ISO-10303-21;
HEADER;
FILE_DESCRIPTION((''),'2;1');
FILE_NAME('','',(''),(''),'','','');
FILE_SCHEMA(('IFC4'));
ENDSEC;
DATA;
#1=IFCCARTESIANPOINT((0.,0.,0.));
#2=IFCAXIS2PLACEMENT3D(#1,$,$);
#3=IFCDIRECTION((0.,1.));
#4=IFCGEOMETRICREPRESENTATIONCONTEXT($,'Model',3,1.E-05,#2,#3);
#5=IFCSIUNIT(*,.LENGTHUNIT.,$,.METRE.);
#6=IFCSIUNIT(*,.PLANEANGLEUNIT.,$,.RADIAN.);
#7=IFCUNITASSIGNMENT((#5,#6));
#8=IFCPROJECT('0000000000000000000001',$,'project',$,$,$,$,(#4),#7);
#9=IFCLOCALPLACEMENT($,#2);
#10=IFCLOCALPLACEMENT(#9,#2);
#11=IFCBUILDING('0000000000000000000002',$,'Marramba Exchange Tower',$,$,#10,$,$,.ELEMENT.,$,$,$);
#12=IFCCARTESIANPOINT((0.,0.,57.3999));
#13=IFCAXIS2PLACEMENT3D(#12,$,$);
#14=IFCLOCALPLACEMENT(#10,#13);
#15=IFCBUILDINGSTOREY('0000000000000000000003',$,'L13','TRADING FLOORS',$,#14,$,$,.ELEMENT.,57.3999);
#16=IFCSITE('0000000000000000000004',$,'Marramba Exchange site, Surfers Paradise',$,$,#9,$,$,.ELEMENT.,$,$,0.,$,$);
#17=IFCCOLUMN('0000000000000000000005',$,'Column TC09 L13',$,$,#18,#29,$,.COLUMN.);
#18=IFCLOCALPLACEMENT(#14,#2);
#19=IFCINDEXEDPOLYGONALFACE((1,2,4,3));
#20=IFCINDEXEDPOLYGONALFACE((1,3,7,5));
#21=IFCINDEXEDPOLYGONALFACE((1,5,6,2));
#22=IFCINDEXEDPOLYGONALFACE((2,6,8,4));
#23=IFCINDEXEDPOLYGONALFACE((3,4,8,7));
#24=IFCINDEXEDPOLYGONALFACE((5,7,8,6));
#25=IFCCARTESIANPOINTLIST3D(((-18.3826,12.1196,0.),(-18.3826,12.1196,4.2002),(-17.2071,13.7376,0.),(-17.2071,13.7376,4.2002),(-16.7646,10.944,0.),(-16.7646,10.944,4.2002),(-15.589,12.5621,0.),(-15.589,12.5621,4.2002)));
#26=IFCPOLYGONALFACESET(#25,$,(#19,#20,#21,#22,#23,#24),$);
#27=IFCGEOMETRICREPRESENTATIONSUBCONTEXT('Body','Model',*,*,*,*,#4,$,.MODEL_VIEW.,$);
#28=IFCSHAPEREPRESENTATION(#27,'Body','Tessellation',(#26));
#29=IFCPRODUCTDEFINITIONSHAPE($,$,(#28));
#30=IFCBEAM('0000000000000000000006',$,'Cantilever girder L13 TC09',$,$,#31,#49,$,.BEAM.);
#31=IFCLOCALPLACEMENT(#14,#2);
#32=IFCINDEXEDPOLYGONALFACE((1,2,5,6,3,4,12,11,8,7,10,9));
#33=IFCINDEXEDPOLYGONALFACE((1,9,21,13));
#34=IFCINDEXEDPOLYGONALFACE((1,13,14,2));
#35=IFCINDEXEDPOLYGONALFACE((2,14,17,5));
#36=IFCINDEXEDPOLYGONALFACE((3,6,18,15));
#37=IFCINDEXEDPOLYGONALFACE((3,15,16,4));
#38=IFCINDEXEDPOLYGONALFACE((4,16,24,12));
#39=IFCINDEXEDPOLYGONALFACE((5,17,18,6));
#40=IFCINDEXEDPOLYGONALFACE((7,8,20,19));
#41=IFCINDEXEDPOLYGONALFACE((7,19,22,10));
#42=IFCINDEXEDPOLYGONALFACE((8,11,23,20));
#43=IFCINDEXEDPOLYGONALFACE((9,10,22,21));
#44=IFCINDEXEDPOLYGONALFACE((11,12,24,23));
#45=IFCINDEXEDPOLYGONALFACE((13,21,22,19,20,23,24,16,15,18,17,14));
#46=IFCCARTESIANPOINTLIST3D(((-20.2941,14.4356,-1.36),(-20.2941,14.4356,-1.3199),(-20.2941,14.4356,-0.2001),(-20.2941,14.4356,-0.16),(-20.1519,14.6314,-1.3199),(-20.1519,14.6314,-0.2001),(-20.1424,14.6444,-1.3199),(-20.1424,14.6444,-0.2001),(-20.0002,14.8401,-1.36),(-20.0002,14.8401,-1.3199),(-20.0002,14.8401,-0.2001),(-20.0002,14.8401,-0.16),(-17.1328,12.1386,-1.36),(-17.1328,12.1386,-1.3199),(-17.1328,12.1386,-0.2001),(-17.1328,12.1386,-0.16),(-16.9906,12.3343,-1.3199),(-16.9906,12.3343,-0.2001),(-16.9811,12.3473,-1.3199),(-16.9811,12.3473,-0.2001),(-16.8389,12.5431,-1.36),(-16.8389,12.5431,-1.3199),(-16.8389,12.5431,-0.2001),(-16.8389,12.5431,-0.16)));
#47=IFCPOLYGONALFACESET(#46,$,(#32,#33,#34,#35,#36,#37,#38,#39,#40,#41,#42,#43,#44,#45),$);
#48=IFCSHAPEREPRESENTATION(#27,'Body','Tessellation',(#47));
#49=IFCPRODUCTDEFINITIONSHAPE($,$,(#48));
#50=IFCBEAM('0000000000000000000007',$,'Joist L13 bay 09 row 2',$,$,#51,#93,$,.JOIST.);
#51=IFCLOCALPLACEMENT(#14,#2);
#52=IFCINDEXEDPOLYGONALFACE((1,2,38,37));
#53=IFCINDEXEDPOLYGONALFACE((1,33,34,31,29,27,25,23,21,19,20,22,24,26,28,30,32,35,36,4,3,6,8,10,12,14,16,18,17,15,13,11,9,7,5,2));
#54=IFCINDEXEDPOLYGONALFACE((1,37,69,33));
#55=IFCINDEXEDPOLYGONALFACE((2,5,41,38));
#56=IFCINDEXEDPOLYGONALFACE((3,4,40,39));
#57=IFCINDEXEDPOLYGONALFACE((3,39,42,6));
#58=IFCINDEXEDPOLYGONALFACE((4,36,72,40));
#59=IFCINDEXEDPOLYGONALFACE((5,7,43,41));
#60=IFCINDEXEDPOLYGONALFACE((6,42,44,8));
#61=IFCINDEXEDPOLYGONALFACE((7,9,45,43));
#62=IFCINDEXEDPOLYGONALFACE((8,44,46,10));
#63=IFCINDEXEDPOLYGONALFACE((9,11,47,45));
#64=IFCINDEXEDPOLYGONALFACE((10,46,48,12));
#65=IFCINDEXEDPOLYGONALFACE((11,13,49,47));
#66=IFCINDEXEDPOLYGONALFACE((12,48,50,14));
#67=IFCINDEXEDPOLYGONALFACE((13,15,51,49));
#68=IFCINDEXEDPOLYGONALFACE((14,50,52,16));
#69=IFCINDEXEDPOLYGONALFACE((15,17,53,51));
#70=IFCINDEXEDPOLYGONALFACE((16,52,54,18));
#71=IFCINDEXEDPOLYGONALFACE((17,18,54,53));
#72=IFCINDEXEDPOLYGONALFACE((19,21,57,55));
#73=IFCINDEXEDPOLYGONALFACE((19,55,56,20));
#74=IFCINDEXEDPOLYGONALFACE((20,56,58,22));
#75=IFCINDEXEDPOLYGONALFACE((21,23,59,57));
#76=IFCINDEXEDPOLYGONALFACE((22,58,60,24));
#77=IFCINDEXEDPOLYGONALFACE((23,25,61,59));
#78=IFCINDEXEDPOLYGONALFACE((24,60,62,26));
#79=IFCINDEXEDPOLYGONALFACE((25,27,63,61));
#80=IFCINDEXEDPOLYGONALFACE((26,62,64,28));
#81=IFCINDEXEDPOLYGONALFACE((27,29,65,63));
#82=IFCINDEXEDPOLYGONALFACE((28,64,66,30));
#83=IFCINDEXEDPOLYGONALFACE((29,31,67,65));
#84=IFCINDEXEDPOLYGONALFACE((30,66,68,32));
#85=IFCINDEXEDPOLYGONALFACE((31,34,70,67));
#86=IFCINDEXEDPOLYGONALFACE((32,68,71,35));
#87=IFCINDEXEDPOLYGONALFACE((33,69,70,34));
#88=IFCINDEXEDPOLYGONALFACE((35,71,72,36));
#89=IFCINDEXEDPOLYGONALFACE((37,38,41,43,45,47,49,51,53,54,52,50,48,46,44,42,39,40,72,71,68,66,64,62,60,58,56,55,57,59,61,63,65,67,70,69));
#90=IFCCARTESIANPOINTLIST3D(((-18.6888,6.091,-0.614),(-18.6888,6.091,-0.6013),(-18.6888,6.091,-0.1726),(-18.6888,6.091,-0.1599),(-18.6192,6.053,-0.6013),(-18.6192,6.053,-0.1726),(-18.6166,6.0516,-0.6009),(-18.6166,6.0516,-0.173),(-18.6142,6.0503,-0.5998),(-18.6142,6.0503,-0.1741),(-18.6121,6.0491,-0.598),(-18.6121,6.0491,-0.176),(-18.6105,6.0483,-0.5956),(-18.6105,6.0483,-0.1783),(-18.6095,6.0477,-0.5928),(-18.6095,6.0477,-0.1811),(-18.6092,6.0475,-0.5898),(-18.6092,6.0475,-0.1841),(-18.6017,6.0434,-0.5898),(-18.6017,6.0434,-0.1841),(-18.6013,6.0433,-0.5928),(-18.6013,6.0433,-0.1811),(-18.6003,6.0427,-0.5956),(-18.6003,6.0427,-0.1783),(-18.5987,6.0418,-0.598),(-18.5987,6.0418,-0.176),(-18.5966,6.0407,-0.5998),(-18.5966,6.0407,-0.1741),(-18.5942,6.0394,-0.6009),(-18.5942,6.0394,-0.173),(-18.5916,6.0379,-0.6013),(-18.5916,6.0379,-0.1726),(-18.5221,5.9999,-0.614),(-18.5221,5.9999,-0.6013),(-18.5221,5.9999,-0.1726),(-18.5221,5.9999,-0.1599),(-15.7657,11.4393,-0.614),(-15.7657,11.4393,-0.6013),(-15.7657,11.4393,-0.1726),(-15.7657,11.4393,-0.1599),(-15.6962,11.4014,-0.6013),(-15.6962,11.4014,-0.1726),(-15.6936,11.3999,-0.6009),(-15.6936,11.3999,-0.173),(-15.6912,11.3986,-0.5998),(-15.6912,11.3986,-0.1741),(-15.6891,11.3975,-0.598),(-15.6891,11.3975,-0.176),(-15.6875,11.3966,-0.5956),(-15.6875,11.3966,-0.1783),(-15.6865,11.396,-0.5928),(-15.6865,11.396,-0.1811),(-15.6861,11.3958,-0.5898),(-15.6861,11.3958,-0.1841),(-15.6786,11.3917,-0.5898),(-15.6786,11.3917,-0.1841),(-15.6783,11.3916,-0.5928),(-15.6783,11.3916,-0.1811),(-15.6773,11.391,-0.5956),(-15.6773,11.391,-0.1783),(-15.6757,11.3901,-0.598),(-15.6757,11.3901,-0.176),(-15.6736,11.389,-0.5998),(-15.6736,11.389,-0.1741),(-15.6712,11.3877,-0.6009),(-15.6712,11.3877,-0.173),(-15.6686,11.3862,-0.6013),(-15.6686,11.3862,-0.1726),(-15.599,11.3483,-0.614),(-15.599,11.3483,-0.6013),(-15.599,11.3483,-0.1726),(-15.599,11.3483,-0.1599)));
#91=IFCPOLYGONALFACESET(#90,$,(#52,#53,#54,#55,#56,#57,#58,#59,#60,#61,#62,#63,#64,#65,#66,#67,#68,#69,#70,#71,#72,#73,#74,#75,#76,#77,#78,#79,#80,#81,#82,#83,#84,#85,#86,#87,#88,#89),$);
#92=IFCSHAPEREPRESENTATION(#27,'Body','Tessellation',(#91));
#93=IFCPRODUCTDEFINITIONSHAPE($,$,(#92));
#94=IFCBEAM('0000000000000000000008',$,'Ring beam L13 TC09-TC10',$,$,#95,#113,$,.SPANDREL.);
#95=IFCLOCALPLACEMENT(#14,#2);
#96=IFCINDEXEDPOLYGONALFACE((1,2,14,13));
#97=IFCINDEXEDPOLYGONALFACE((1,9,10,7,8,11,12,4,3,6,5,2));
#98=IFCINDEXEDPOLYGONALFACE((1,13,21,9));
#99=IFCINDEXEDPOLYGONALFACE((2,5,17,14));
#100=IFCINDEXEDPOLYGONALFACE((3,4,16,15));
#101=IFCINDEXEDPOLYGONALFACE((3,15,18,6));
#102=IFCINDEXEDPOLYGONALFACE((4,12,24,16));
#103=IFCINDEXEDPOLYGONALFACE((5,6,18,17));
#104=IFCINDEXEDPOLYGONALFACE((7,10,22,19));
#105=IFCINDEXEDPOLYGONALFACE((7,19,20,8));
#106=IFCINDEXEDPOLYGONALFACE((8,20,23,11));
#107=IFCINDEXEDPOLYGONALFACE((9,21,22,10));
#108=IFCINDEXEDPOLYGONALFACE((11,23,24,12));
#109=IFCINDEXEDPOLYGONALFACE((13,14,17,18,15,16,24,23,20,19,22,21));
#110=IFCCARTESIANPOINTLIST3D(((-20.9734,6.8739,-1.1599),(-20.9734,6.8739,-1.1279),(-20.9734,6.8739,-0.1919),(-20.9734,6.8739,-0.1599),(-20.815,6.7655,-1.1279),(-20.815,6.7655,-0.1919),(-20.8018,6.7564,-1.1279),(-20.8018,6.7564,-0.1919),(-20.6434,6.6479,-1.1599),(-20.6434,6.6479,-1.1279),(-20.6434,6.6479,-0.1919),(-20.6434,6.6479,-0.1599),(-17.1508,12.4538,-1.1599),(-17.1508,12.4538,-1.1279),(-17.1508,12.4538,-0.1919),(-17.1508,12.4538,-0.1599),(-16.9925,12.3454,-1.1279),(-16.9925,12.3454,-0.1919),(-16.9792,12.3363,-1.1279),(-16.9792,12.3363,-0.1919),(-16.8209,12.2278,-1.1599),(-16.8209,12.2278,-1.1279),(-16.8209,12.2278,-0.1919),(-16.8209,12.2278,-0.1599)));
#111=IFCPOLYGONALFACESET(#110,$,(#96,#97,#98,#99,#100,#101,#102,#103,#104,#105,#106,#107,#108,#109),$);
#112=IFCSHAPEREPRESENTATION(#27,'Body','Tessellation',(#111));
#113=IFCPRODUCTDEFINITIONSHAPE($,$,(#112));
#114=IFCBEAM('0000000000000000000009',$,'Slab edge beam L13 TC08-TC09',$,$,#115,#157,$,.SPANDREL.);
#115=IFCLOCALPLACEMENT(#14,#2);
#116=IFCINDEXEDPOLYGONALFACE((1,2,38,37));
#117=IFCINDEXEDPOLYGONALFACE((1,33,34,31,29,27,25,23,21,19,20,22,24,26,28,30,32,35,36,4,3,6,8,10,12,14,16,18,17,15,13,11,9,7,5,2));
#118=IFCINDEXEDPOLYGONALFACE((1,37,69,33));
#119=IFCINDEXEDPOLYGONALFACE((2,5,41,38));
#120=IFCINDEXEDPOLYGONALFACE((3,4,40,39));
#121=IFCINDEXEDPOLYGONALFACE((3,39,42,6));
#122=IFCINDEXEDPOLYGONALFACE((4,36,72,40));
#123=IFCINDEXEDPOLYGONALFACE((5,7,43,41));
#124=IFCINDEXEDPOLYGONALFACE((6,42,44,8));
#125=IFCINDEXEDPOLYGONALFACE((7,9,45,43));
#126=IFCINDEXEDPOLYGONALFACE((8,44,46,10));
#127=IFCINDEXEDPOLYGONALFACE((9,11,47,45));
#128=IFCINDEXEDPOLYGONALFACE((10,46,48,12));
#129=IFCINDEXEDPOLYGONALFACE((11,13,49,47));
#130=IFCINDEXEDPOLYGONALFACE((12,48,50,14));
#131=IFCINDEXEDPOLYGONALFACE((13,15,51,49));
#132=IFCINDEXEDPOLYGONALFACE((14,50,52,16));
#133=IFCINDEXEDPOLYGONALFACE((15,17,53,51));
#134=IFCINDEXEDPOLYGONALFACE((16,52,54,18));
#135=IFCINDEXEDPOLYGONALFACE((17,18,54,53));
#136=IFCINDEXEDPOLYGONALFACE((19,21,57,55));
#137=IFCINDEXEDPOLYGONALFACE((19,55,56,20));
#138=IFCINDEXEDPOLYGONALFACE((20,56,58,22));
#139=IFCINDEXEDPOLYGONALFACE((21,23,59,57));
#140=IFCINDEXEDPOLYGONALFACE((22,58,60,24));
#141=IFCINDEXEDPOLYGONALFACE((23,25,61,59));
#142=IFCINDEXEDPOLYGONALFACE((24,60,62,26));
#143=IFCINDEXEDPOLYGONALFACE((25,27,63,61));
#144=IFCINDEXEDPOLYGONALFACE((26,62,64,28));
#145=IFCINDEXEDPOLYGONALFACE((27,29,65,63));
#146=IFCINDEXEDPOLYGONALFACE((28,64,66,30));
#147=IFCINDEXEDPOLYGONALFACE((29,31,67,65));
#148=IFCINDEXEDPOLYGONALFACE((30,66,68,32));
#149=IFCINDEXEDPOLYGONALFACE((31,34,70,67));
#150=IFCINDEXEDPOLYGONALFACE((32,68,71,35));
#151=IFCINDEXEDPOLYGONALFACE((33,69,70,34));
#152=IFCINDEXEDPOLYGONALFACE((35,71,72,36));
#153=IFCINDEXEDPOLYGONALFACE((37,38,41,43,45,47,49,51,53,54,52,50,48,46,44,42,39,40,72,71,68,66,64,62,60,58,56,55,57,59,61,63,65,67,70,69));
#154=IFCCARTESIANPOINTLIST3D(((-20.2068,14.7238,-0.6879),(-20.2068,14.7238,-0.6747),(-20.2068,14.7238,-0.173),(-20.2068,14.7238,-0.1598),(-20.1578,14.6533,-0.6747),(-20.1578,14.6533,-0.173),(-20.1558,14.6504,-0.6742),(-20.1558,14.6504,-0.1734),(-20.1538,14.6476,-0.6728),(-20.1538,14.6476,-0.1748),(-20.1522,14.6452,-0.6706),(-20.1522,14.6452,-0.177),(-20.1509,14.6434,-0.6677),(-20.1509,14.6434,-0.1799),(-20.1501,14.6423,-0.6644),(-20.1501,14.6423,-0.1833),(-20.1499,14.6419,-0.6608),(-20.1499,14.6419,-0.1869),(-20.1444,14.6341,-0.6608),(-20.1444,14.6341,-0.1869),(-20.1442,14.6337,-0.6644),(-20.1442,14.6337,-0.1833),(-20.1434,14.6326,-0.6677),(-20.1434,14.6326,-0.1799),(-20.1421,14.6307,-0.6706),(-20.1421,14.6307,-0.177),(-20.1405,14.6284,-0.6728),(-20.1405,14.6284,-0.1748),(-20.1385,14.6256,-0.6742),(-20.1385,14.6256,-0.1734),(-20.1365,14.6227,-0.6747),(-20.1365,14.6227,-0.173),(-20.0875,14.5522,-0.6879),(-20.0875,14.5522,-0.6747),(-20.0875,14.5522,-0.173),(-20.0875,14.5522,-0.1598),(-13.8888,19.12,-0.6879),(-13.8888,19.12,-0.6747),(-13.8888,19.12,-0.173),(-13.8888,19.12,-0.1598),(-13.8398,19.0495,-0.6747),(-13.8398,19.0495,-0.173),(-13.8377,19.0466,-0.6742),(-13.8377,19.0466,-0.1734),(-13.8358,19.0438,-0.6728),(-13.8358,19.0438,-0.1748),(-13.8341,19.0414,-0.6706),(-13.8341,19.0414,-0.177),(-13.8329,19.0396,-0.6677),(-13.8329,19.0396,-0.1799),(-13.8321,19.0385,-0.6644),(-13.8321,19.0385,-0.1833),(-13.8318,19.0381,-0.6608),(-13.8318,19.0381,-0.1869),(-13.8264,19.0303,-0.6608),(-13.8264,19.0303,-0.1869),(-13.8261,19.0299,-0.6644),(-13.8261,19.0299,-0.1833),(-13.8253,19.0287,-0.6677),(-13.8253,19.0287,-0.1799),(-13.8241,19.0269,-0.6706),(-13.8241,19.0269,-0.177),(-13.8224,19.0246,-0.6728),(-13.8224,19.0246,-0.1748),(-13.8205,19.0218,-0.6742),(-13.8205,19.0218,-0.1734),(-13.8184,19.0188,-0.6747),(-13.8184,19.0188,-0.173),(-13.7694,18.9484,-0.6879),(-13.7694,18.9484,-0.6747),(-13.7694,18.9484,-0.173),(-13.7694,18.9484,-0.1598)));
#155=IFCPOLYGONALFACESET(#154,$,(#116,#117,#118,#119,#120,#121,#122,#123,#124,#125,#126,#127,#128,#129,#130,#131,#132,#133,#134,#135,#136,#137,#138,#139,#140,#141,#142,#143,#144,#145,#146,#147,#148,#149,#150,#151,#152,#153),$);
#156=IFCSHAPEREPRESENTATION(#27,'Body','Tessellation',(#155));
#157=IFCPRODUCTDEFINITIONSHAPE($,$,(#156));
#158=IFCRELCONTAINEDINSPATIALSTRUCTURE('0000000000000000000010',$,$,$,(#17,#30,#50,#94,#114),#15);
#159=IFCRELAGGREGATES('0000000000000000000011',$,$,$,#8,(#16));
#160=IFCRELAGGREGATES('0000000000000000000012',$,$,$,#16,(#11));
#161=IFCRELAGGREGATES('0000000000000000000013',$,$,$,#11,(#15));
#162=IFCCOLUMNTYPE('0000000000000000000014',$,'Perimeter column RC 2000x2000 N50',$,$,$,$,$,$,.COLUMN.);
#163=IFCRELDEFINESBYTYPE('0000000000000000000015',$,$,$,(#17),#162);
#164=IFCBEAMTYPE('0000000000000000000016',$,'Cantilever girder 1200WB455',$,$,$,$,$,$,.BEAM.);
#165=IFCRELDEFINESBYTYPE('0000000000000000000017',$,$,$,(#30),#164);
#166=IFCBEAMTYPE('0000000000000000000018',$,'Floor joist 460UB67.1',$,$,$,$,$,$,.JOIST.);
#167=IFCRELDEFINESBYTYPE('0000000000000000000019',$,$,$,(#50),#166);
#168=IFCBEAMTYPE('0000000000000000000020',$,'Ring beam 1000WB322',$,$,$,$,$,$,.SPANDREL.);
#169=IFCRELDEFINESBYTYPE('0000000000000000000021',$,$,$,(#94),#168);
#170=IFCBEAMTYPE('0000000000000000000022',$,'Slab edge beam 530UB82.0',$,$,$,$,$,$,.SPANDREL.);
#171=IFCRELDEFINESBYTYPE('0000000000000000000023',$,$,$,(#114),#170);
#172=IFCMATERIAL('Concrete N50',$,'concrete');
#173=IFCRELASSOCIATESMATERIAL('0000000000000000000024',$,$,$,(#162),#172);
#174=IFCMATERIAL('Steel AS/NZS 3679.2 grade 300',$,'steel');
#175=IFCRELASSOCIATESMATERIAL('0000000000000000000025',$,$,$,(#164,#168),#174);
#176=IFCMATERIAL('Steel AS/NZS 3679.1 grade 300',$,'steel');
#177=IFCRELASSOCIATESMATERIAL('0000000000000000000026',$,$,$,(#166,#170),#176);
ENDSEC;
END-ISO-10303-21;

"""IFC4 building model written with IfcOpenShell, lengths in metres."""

from ifc_helpers import new_model, si_unit, direction, frame, origin, origin_2d, place, context, subcontext, project, spatial, rectangle, i_section, extrude, material, material_profile, profile_set, type_object, element, save


model = new_model("IFC4")

# Units and contexts
model_context = context("Model", 3, precision=1e-05, world=origin(), true_north=direction((0.0, 1.0)))
body_context = subcontext(model_context, "Body", "Model", "MODEL_VIEW")
ifc_project = project(units=[si_unit("LENGTHUNIT", "METRE"), si_unit("PLANEANGLEUNIT", "RADIAN")], contexts=[model_context])

# Site, building, storey
site_placement = place(None, origin())
site = spatial("IfcSite", under=ifc_project, at=site_placement, Name="Marramba Exchange site, Surfers Paradise", CompositionType="ELEMENT", RefElevation=0.0)
building_placement = place(site_placement, origin())
building = spatial("IfcBuilding", under=site, at=building_placement, Name="Marramba Exchange Tower", CompositionType="ELEMENT")
storey_placement = place(building_placement, frame((0.0, 0.0, 57.3999)))
storey = spatial("IfcBuildingStorey", under=building, at=storey_placement, Name="L13", Description="TRADING FLOORS", CompositionType="ELEMENT", Elevation=57.3999)

# Column
ifc_material_1 = material(Name="Concrete N50", Category="concrete")
ifc_material_profile_1 = material_profile(ifc_material_1, rectangle(XDim=2.0, YDim=2.0, at=origin_2d()), Name="RC 2000x2000")
ifc_profile_set_1 = profile_set([ifc_material_profile_1], Name="Concrete N50")
column_type = type_object("IfcColumnType", Name="Perimeter column RC 2000x2000 N50", PredefinedType="COLUMN", material=ifc_profile_set_1)
column_placement = place(storey_placement, frame((-16.9858, 12.3408, 0.0), z_axis=(0.0, 0.0, 1.0), x_axis=(-0.809017, 0.587785, 0.0)))
element("IfcColumn", 1, at=column_placement, inside=storey, type_object=column_type, Name="Column TC09 L13", PredefinedType="COLUMN", context=body_context, shape_type="SweptSolid", body=[
    extrude(rectangle(XDim=2.0, YDim=2.0, at=origin_2d()), origin(), (0.0, 0.0, 1.0), 4.2002),
])

# Beams
ifc_material_2 = material(Name="Steel AS/NZS 3679.2 grade 300", Category="steel")
ifc_material_profile_2 = material_profile(ifc_material_2, i_section(OverallWidth=0.5, OverallDepth=1.2, WebThickness=0.0161, FlangeThickness=0.04, at=origin_2d()), Name="1200WB455")
ifc_profile_set_2 = profile_set([ifc_material_profile_2], Name="Steel AS/NZS 3679.2 grade 300")
beam_type_1 = type_object("IfcBeamType", Name="Cantilever girder 1200WB455", PredefinedType="BEAM", material=ifc_profile_set_2)
beam_1_placement = place(storey_placement, frame((-16.9858, 12.3408, -0.76), z_axis=(-0.808987, 0.587826, 0.0), x_axis=(-0.587826, -0.808987, 0.0)))
element("IfcBeam", 2, at=beam_1_placement, inside=storey, type_object=beam_type_1, Name="Cantilever girder L13 TC09", PredefinedType="BEAM", context=body_context, shape_type="SweptSolid", body=[
    extrude(i_section(OverallWidth=0.5, OverallDepth=1.2, WebThickness=0.0161, FlangeThickness=0.04, at=origin_2d()), origin(), (0.0, 0.0, 1.0), 3.9077),
])
ifc_material_3 = material(Name="Steel AS/NZS 3679.1 grade 300", Category="steel")
ifc_material_profile_3 = material_profile(ifc_material_3, i_section(OverallWidth=0.1899, OverallDepth=0.4541, WebThickness=0.0085, FlangeThickness=0.0127, FilletRadius=0.0115, at=origin_2d()), Name="460UB67.1")
ifc_profile_set_3 = profile_set([ifc_material_profile_3], Name="Steel AS/NZS 3679.1 grade 300")
beam_type_2 = type_object("IfcBeamType", Name="Floor joist 460UB67.1", PredefinedType="JOIST", material=ifc_profile_set_3)
beam_2_placement = place(storey_placement, frame((-15.6824, 11.3938, -0.387), z_axis=(-0.479584, -0.877496, 0.0), x_axis=(0.877496, -0.479584, 0.0)))
element("IfcBeam", 3, at=beam_2_placement, inside=storey, type_object=beam_type_2, Name="Joist L13 bay 09 row 2", PredefinedType="JOIST", context=body_context, shape_type="SweptSolid", body=[
    extrude(i_section(OverallWidth=0.1899, OverallDepth=0.4541, WebThickness=0.0085, FlangeThickness=0.0127, FilletRadius=0.0115, at=origin_2d()), origin(), (0.0, 0.0, 1.0), 6.095),
])
ifc_material_profile_4 = material_profile(ifc_material_2, i_section(OverallWidth=0.3999, OverallDepth=1.0, WebThickness=0.0161, FlangeThickness=0.032, at=origin_2d()), Name="1000WB322")
ifc_profile_set_4 = profile_set([ifc_material_profile_4], Name="Steel AS/NZS 3679.2 grade 300")
beam_type_3 = type_object("IfcBeamType", Name="Ring beam 1000WB322", PredefinedType="SPANDREL", material=ifc_profile_set_4)
beam_3_placement = place(storey_placement, frame((-16.9858, 12.3408, -0.6599), z_axis=(-0.56516, -0.824981, 0.0), x_axis=(0.824981, -0.56516, 0.0)))
element("IfcBeam", 4, at=beam_3_placement, inside=storey, type_object=beam_type_3, Name="Ring beam L13 TC09-TC10", PredefinedType="SPANDREL", context=body_context, shape_type="SweptSolid", body=[
    extrude(i_section(OverallWidth=0.3999, OverallDepth=1.0, WebThickness=0.0161, FlangeThickness=0.032, at=origin_2d()), origin(), (0.0, 0.0, 1.0), 6.7637),
])
ifc_material_profile_5 = material_profile(ifc_material_3, i_section(OverallWidth=0.209, OverallDepth=0.5281, WebThickness=0.0095, FlangeThickness=0.0132, FilletRadius=0.0139, at=origin_2d()), Name="530UB82.0")
ifc_profile_set_5 = profile_set([ifc_material_profile_5], Name="Steel AS/NZS 3679.1 grade 300")
beam_type_4 = type_object("IfcBeamType", Name="Slab edge beam 530UB82.0", PredefinedType="SPANDREL", material=ifc_profile_set_5)
beam_4_placement = place(storey_placement, frame((-13.8291, 19.0342, -0.4238), z_axis=(-0.820842, -0.571155, 0.0), x_axis=(0.571155, -0.820842, 0.0)))
element("IfcBeam", 5, at=beam_4_placement, inside=storey, type_object=beam_type_4, Name="Slab edge beam L13 TC08-TC09", PredefinedType="SPANDREL", context=body_context, shape_type="SweptSolid", body=[
    extrude(i_section(OverallWidth=0.209, OverallDepth=0.5281, WebThickness=0.0095, FlangeThickness=0.0132, FilletRadius=0.0139, at=origin_2d()), origin(), (0.0, 0.0, 1.0), 7.697),
])

save(model, "model.ifc")
